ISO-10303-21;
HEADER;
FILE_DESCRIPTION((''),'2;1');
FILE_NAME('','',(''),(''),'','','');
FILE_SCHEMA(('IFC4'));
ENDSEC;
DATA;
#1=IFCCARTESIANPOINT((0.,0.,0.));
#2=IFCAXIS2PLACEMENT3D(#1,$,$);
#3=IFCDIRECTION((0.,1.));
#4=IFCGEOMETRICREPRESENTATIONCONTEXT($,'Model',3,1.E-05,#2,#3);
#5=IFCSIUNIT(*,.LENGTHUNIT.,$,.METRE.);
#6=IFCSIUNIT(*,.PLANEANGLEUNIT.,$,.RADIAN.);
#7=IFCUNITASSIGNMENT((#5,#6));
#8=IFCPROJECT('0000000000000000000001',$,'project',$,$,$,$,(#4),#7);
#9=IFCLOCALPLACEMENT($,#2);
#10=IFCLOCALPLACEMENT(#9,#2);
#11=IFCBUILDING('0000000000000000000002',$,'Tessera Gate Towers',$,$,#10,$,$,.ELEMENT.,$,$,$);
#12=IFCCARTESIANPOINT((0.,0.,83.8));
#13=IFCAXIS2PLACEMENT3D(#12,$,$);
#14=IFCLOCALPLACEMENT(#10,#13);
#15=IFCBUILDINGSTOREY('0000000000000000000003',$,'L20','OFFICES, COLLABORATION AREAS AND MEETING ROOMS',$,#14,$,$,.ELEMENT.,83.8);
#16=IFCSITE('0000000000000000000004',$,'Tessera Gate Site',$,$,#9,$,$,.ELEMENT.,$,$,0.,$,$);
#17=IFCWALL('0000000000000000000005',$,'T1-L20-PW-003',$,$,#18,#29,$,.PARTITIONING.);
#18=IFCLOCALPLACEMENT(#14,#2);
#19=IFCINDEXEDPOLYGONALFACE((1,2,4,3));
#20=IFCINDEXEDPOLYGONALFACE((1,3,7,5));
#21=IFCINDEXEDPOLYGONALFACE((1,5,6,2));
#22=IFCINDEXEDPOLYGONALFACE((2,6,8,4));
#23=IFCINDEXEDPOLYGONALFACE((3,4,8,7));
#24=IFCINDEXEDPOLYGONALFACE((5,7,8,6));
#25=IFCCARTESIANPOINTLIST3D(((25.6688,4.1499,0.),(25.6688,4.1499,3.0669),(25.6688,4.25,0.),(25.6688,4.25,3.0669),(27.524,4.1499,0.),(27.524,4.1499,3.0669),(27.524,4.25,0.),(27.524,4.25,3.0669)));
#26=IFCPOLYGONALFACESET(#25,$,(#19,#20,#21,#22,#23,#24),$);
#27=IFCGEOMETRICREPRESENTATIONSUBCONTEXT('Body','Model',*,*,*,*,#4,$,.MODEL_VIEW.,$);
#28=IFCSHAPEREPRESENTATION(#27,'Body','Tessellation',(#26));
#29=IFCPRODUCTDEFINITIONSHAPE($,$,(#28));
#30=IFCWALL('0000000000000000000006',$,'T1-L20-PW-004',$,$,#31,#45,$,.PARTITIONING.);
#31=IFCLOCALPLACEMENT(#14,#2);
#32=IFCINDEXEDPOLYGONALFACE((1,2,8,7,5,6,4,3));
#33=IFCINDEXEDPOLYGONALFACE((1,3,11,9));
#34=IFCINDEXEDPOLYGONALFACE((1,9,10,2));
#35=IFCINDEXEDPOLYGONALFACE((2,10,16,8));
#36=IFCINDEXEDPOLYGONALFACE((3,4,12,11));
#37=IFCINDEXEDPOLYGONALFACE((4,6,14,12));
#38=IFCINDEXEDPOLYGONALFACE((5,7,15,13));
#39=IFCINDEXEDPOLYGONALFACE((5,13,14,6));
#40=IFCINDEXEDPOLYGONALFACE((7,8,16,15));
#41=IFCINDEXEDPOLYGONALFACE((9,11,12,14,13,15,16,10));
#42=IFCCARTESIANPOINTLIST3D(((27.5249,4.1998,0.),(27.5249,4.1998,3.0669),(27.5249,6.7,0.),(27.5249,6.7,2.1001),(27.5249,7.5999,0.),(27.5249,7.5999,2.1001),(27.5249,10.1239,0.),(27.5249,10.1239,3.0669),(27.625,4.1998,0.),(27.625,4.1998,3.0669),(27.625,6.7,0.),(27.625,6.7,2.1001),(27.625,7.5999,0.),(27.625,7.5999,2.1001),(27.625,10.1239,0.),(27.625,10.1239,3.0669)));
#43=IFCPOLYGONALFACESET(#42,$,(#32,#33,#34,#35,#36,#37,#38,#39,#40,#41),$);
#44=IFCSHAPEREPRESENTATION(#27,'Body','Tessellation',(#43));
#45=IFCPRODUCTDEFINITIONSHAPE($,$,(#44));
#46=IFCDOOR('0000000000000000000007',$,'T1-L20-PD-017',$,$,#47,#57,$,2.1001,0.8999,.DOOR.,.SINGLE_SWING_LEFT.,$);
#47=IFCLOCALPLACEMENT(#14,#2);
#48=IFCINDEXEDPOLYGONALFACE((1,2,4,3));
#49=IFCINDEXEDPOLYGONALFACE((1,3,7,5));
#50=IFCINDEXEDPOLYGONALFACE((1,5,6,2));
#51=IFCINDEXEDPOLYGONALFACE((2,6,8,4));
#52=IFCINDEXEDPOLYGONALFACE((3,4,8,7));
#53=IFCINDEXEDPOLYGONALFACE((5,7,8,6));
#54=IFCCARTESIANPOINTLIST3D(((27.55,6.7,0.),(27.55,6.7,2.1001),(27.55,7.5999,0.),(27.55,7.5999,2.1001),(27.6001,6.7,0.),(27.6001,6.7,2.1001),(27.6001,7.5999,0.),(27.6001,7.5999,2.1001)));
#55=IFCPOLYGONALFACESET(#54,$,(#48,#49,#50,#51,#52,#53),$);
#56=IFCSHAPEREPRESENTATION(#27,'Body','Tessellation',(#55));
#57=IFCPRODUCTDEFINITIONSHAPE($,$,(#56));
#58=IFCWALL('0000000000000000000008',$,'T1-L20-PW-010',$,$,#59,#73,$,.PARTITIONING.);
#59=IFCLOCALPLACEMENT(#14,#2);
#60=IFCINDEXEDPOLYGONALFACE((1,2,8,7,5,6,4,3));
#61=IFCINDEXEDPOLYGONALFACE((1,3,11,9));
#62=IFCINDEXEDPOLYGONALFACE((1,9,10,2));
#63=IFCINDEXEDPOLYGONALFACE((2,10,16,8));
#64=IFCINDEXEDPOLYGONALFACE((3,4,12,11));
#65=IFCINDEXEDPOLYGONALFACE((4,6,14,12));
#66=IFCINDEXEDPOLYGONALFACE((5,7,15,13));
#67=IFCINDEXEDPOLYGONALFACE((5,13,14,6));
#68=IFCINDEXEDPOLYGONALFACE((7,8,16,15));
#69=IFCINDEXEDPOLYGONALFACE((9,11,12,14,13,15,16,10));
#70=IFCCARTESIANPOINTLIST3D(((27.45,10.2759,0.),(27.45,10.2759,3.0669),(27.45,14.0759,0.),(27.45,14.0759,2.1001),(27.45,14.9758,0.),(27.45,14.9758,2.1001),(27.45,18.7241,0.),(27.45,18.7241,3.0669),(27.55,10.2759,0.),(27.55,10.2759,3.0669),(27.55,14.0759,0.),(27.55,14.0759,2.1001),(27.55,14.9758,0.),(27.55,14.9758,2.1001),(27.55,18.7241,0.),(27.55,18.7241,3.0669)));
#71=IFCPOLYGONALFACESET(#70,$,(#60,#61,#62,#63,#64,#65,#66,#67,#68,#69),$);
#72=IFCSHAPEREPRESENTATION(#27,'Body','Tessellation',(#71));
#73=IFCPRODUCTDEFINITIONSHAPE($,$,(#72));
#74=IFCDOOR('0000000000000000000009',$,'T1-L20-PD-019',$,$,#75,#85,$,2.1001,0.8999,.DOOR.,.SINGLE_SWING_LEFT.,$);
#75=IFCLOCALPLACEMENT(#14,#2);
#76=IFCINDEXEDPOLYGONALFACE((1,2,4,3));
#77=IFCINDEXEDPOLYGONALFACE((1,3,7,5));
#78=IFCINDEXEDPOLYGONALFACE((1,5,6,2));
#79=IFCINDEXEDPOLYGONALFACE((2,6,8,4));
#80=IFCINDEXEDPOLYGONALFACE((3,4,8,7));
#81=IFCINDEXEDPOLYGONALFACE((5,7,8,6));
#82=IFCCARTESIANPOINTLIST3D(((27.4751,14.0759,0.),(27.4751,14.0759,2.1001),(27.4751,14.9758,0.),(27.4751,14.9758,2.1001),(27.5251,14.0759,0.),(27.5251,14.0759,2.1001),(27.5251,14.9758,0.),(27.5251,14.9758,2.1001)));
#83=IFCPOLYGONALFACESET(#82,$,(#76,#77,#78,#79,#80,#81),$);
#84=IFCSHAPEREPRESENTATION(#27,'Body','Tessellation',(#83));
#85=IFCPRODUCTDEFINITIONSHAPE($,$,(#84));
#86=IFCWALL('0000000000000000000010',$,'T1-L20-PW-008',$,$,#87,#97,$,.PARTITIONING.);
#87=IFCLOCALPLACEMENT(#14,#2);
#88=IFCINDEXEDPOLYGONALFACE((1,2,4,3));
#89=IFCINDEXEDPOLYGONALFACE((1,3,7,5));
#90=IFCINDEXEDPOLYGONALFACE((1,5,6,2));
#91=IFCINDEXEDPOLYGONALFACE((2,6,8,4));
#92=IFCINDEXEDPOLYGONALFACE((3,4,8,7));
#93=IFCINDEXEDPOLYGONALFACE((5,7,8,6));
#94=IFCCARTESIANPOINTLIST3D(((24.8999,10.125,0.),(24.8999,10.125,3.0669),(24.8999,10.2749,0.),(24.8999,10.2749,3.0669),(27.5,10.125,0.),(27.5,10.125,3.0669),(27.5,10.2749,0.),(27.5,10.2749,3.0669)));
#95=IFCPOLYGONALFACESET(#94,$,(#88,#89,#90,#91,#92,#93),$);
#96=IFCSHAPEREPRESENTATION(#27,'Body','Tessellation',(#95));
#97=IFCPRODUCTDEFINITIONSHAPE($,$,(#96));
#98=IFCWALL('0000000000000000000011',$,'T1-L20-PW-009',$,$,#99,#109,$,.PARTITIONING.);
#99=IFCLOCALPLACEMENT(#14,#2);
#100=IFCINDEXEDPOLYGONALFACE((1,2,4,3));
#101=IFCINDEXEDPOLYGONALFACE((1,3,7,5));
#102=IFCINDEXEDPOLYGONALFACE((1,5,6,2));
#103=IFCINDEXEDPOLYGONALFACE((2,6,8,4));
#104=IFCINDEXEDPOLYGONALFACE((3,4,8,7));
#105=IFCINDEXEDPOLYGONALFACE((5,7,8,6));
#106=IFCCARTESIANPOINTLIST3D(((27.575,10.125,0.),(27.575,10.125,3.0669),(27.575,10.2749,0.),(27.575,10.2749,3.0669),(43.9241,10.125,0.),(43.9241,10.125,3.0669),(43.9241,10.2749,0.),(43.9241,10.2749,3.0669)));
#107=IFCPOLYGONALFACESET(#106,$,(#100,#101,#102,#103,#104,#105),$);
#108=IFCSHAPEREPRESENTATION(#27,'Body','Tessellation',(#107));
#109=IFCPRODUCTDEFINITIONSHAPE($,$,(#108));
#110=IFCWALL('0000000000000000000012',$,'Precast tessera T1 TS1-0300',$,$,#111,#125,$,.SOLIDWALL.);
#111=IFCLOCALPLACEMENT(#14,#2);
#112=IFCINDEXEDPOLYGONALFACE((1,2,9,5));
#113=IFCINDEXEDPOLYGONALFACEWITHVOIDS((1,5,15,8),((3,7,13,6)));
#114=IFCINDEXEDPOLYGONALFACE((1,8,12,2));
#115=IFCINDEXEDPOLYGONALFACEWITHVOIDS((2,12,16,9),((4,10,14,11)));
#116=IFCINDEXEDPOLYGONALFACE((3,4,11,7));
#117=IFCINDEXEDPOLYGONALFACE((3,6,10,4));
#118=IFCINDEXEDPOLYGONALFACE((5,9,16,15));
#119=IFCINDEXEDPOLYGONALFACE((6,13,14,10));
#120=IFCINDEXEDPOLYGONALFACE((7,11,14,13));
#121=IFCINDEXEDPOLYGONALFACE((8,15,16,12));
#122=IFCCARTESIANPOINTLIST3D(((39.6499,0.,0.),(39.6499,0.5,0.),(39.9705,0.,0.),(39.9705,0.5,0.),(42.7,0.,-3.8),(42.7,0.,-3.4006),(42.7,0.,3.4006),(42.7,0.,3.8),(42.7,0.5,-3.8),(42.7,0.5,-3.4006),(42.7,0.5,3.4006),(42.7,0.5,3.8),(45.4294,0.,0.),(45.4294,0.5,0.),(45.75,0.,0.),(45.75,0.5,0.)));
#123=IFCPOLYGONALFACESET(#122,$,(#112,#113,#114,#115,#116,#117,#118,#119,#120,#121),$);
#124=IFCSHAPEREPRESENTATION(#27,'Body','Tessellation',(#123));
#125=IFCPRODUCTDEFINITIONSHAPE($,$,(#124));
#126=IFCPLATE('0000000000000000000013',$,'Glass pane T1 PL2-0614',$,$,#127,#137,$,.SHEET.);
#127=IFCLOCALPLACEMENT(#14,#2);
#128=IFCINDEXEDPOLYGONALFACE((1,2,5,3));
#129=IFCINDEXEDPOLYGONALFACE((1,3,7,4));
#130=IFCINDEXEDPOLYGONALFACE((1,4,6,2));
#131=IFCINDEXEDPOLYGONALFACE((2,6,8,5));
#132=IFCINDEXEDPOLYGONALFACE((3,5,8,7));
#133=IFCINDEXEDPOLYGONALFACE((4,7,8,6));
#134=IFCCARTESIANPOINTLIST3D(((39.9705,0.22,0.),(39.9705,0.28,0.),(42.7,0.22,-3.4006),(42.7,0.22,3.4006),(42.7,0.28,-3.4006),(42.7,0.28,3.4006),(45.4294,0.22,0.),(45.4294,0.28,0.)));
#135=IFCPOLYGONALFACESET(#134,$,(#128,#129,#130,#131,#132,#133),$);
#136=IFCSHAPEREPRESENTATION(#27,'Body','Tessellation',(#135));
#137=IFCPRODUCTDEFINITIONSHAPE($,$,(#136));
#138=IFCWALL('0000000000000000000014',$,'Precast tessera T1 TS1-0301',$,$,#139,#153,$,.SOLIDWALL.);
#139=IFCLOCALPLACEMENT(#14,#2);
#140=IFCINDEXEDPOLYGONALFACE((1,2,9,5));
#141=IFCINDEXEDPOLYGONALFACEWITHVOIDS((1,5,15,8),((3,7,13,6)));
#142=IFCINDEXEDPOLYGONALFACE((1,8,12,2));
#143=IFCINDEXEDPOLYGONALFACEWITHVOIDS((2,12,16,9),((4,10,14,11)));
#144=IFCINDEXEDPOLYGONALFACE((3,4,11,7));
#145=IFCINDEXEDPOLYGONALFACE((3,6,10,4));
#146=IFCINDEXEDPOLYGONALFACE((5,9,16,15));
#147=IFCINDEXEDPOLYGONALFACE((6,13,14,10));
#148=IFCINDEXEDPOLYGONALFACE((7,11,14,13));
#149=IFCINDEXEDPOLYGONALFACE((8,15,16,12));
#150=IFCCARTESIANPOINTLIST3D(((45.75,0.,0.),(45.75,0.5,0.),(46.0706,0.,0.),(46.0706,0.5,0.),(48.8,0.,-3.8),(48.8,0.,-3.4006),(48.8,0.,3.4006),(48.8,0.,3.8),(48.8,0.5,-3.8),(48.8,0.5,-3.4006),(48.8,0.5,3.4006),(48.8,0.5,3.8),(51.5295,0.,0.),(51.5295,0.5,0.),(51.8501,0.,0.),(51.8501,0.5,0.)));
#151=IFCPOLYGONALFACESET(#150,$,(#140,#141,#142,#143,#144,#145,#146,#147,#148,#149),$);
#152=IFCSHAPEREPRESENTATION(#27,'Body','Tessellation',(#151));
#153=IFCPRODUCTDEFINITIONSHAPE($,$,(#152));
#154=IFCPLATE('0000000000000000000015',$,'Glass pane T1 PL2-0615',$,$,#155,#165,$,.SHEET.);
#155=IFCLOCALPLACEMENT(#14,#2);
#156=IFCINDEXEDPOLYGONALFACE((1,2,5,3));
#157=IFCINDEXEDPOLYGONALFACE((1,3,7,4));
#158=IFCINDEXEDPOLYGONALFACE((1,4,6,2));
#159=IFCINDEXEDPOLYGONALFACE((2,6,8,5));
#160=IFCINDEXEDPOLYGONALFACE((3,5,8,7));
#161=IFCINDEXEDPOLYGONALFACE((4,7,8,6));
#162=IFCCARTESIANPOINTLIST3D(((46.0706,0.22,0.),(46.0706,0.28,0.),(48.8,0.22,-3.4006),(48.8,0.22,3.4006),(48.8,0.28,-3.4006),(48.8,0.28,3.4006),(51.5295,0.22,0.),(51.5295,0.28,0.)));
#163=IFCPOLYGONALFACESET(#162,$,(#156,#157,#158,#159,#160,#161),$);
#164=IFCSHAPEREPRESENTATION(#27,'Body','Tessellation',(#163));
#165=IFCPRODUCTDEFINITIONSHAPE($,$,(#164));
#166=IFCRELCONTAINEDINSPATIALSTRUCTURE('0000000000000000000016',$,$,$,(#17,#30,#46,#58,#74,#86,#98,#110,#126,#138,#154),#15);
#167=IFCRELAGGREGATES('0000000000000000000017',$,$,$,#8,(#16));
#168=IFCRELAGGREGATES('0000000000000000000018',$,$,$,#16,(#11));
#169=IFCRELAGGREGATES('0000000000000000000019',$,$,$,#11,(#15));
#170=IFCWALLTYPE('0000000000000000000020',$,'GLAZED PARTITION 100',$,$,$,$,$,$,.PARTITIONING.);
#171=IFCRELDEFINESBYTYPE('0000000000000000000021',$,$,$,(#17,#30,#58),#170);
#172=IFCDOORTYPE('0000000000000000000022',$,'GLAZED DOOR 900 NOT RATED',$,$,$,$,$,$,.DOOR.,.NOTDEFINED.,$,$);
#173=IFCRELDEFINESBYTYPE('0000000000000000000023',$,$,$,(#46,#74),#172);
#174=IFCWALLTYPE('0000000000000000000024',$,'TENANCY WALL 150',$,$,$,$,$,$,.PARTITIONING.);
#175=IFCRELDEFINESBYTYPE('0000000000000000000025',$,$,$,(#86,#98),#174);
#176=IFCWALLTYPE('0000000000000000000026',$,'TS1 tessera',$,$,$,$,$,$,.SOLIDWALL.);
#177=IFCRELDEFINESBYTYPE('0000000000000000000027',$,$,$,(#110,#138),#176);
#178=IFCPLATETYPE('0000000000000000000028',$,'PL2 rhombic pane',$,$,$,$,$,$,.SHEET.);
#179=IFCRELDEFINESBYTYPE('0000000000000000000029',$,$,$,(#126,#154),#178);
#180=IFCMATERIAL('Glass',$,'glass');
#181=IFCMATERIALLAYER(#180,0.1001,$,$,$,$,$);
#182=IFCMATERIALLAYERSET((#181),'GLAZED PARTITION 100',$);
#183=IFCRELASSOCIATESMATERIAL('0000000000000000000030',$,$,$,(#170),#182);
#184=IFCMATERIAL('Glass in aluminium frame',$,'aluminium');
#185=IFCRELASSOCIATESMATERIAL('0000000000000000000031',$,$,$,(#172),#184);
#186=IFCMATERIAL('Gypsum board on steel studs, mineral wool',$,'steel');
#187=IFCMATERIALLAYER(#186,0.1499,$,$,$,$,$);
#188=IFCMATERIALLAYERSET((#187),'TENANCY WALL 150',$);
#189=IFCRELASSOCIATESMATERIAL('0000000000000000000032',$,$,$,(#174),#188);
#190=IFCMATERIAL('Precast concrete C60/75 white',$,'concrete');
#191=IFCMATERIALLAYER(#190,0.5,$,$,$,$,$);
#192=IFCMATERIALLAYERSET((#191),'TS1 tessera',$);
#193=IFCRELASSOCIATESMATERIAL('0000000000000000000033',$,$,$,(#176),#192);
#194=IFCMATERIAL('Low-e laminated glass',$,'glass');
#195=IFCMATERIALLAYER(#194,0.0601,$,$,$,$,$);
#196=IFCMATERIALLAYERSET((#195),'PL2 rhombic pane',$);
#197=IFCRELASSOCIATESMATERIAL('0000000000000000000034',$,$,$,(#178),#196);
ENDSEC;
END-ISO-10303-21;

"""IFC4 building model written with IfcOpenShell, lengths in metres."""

from ifc_helpers import new_model, si_unit, direction, frame, frame_2d, origin, place, context, subcontext, project, spatial, polyline, rectangle, outline, extrude, source, transform, mapped, material, layer, layer_set, type_object, element, fill, save


model = new_model("IFC4")

# Units and contexts
model_context = context("Model", 3, precision=1e-05, world=origin(), true_north=direction((0.0, 1.0)))
body_context = subcontext(model_context, "Body", "Model", "MODEL_VIEW")
ifc_project = project(units=[si_unit("LENGTHUNIT", "METRE"), si_unit("PLANEANGLEUNIT", "RADIAN")], contexts=[model_context])

# Site, building, storey
site_placement = place(None, origin())
site = spatial("IfcSite", under=ifc_project, at=site_placement, Name="Tessera Gate Site", CompositionType="ELEMENT", RefElevation=0.0)
building_placement = place(site_placement, origin())
building = spatial("IfcBuilding", under=site, at=building_placement, Name="Tessera Gate Towers", CompositionType="ELEMENT")
storey_placement = place(building_placement, frame((0.0, 0.0, 83.8)))
storey = spatial("IfcBuildingStorey", under=building, at=storey_placement, Name="L20", Description="OFFICES, COLLABORATION AREAS AND MEETING ROOMS", CompositionType="ELEMENT", Elevation=83.8)

# Shared definitions
shared_shape_1 = source(origin(), body_context, "Body", "SweptSolid", [
    extrude(rectangle(XDim=0.8999, YDim=2.1001, at=frame_2d((0.45, 1.05))), frame((0.0, 0.0249, 0.0), z_axis=(0.0, -1.0, 0.0), x_axis=(1.0, 0.0, 0.0)), (0.0, 0.0, 1.0), 0.05),
])

# Wall
ifc_material_1 = material(Name="Glass", Category="glass")
ifc_layer_1 = layer(ifc_material_1, 0.1001)
ifc_layer_set_1 = layer_set([ifc_layer_1], Name="GLAZED PARTITION 100")
wall_type_1 = type_object("IfcWallType", Name="GLAZED PARTITION 100", PredefinedType="PARTITIONING", material=ifc_layer_set_1)
wall_1_placement = place(storey_placement, frame((25.6687, 4.2, 0.0), z_axis=(0.0, 0.0, 1.0), x_axis=(1.0, 0.0, 0.0)))
element("IfcWall", 1, at=wall_1_placement, inside=storey, type_object=wall_type_1, Name="T1-L20-PW-003", PredefinedType="PARTITIONING", context=body_context, shape_type="SweptSolid", body=[
    extrude(rectangle(XDim=1.8552, YDim=0.1001, at=frame_2d((0.9277, 0.0))), origin(), (0.0, 0.0, 1.0), 3.0669),
])

# Walls, openings, doors
wall_2_placement = place(storey_placement, frame((27.575, 4.2, 0.0), z_axis=(0.0, 0.0, 1.0), x_axis=(0.0, 1.0, 0.0)))
wall_2 = element("IfcWall", 2, at=wall_2_placement, inside=storey, type_object=wall_type_1, Name="T1-L20-PW-004", PredefinedType="PARTITIONING", context=body_context, shape_type="SweptSolid", body=[
    extrude(rectangle(XDim=5.9241, YDim=0.1001, at=frame_2d((2.9619, 0.0))), origin(), (0.0, 0.0, 1.0), 3.0669),
])
shared_shape_2 = source(origin(), body_context, "Body", "SweptSolid", [
    extrude(rectangle(XDim=0.8999, YDim=2.1001, at=frame_2d((0.45, 1.05))), frame((0.0, 0.0601, 0.0), z_axis=(0.0, -1.0, 0.0), x_axis=(1.0, 0.0, 0.0)), (0.0, 0.0, 1.0), 0.1201),
])
opening_1_placement = place(wall_2_placement, frame((2.5, 0.0, 0.0)))
opening_1 = element("IfcOpeningElement", 3, at=opening_1_placement, cuts=wall_2, PredefinedType="OPENING", context=body_context, shape_type="MappedRepresentation", body=[
    mapped(shared_shape_2, transform((0.0, 0.0, 0.0), scale=1.0)),
])
ifc_material_2 = material(Name="Glass in aluminium frame", Category="aluminium")
door_type_1 = type_object("IfcDoorType", Name="GLAZED DOOR 900 NOT RATED", OperationType="NOTDEFINED", PredefinedType="DOOR", material=ifc_material_2)
door_1_placement = place(opening_1_placement, origin())
door_1 = element("IfcDoor", 4, at=door_1_placement, inside=storey, type_object=door_type_1, Name="T1-L20-PD-017", OperationType="SINGLE_SWING_LEFT", OverallHeight=2.1001, OverallWidth=0.8999, PredefinedType="DOOR", context=body_context, shape_type="MappedRepresentation", body=[
    mapped(shared_shape_1, transform((0.0, 0.0, 0.0), scale=1.0)),
])
fill(opening_1, door_1)
wall_3_placement = place(storey_placement, frame((27.5, 10.2759, 0.0), z_axis=(0.0, 0.0, 1.0), x_axis=(0.0, 1.0, 0.0)))
wall_3 = element("IfcWall", 5, at=wall_3_placement, inside=storey, type_object=wall_type_1, Name="T1-L20-PW-010", PredefinedType="PARTITIONING", context=body_context, shape_type="SweptSolid", body=[
    extrude(rectangle(XDim=8.4482, YDim=0.1001, at=frame_2d((4.2241, 0.0))), origin(), (0.0, 0.0, 1.0), 3.0669),
])
opening_2_placement = place(wall_3_placement, frame((3.8, 0.0, 0.0)))
opening_2 = element("IfcOpeningElement", 6, at=opening_2_placement, cuts=wall_3, PredefinedType="OPENING", context=body_context, shape_type="MappedRepresentation", body=[
    mapped(shared_shape_2, transform((0.0, 0.0, 0.0), scale=1.0)),
])
door_2_placement = place(opening_2_placement, origin())
door_2 = element("IfcDoor", 7, at=door_2_placement, inside=storey, type_object=door_type_1, Name="T1-L20-PD-019", OperationType="SINGLE_SWING_LEFT", OverallHeight=2.1001, OverallWidth=0.8999, PredefinedType="DOOR", context=body_context, shape_type="MappedRepresentation", body=[
    mapped(shared_shape_1, transform((0.0, 0.0, 0.0), scale=1.0)),
])
fill(opening_2, door_2)

# Walls
ifc_material_3 = material(Name="Gypsum board on steel studs, mineral wool", Category="steel")
ifc_layer_2 = layer(ifc_material_3, 0.1499)
ifc_layer_set_2 = layer_set([ifc_layer_2], Name="TENANCY WALL 150")
wall_type_2 = type_object("IfcWallType", Name="TENANCY WALL 150", PredefinedType="PARTITIONING", material=ifc_layer_set_2)
wall_4_placement = place(storey_placement, frame((24.8999, 10.2, 0.0), z_axis=(0.0, 0.0, 1.0), x_axis=(1.0, 0.0, 0.0)))
element("IfcWall", 8, at=wall_4_placement, inside=storey, type_object=wall_type_2, Name="T1-L20-PW-008", PredefinedType="PARTITIONING", context=body_context, shape_type="SweptSolid", body=[
    extrude(rectangle(XDim=2.6001, YDim=0.1499, at=frame_2d((1.3, 0.0))), origin(), (0.0, 0.0, 1.0), 3.0669),
])
wall_5_placement = place(storey_placement, frame((27.575, 10.2, 0.0), z_axis=(0.0, 0.0, 1.0), x_axis=(1.0, 0.0, 0.0)))
element("IfcWall", 9, at=wall_5_placement, inside=storey, type_object=wall_type_2, Name="T1-L20-PW-009", PredefinedType="PARTITIONING", context=body_context, shape_type="SweptSolid", body=[
    extrude(rectangle(XDim=16.3491, YDim=0.1499, at=frame_2d((8.1746, 0.0))), origin(), (0.0, 0.0, 1.0), 3.0669),
])

# Walls, openings, plates
ifc_material_4 = material(Name="Precast concrete C60/75 white", Category="concrete")
ifc_layer_3 = layer(ifc_material_4, 0.5)
ifc_layer_set_3 = layer_set([ifc_layer_3], Name="TS1 tessera")
wall_type_3 = type_object("IfcWallType", Name="TS1 tessera", PredefinedType="SOLIDWALL", material=ifc_layer_set_3)
shared_shape_3 = source(origin(), body_context, "Body", "SweptSolid", [
    extrude(outline(polyline([(3.05, 0.0), (6.1001, 3.8), (3.05, 7.6001), (0.0, 3.8), (3.05, 0.0)])), frame((0.0, 0.25, 0.0), z_axis=(0.0, -1.0, 0.0), x_axis=(1.0, 0.0, 0.0)), (0.0, 0.0, 1.0), 0.5),
])
wall_6_placement = place(storey_placement, frame((39.6499, 0.25, -3.8), z_axis=(0.0, 0.0, 1.0), x_axis=(1.0, 0.0, 0.0)))
wall_6 = element("IfcWall", 10, at=wall_6_placement, inside=storey, type_object=wall_type_3, Name="Precast tessera T1 TS1-0300", PredefinedType="SOLIDWALL", context=body_context, shape_type="MappedRepresentation", body=[
    mapped(shared_shape_3, transform((0.0, 0.0, 0.0), scale=1.0)),
])
shared_shape_4 = source(origin(), body_context, "Body", "SweptSolid", [
    extrude(outline(polyline([(3.05, 0.3994), (5.7795, 3.8), (3.05, 7.2007), (0.3206, 3.8), (3.05, 0.3994)])), frame((0.0, 0.26, 0.0), z_axis=(0.0, -1.0, 0.0), x_axis=(1.0, 0.0, 0.0)), (0.0, 0.0, 1.0), 0.52),
])
opening_3_placement = place(wall_6_placement, origin())
opening_3 = element("IfcOpeningElement", 11, at=opening_3_placement, cuts=wall_6, PredefinedType="OPENING", context=body_context, shape_type="MappedRepresentation", body=[
    mapped(shared_shape_4, transform((0.0, 0.0, 0.0), scale=1.0)),
])
ifc_material_5 = material(Name="Low-e laminated glass", Category="glass")
ifc_layer_4 = layer(ifc_material_5, 0.0601)
ifc_layer_set_4 = layer_set([ifc_layer_4], Name="PL2 rhombic pane")
plate_type = type_object("IfcPlateType", Name="PL2 rhombic pane", PredefinedType="SHEET", material=ifc_layer_set_4)
shared_shape_5 = source(origin(), body_context, "Body", "SweptSolid", [
    extrude(outline(polyline([(3.05, 0.3994), (5.7795, 3.8), (3.05, 7.2007), (0.3206, 3.8), (3.05, 0.3994)])), frame((0.0, 0.03, 0.0), z_axis=(0.0, -1.0, 0.0), x_axis=(1.0, 0.0, 0.0)), (0.0, 0.0, 1.0), 0.0601),
])
plate_1_placement = place(opening_3_placement, origin())
plate_1 = element("IfcPlate", 12, at=plate_1_placement, inside=storey, type_object=plate_type, Name="Glass pane T1 PL2-0614", PredefinedType="SHEET", context=body_context, shape_type="MappedRepresentation", body=[
    mapped(shared_shape_5, transform((0.0, 0.0, 0.0), scale=1.0)),
])
fill(opening_3, plate_1)
wall_7_placement = place(storey_placement, frame((45.75, 0.25, -3.8), z_axis=(0.0, 0.0, 1.0), x_axis=(1.0, 0.0, 0.0)))
wall_7 = element("IfcWall", 13, at=wall_7_placement, inside=storey, type_object=wall_type_3, Name="Precast tessera T1 TS1-0301", PredefinedType="SOLIDWALL", context=body_context, shape_type="MappedRepresentation", body=[
    mapped(shared_shape_3, transform((0.0, 0.0, 0.0), scale=1.0)),
])
opening_4_placement = place(wall_7_placement, origin())
opening_4 = element("IfcOpeningElement", 14, at=opening_4_placement, cuts=wall_7, PredefinedType="OPENING", context=body_context, shape_type="MappedRepresentation", body=[
    mapped(shared_shape_4, transform((0.0, 0.0, 0.0), scale=1.0)),
])
plate_2_placement = place(opening_4_placement, origin())
plate_2 = element("IfcPlate", 15, at=plate_2_placement, inside=storey, type_object=plate_type, Name="Glass pane T1 PL2-0615", PredefinedType="SHEET", context=body_context, shape_type="MappedRepresentation", body=[
    mapped(shared_shape_5, transform((0.0, 0.0, 0.0), scale=1.0)),
])
fill(opening_4, plate_2)

save(model, "model.ifc")
